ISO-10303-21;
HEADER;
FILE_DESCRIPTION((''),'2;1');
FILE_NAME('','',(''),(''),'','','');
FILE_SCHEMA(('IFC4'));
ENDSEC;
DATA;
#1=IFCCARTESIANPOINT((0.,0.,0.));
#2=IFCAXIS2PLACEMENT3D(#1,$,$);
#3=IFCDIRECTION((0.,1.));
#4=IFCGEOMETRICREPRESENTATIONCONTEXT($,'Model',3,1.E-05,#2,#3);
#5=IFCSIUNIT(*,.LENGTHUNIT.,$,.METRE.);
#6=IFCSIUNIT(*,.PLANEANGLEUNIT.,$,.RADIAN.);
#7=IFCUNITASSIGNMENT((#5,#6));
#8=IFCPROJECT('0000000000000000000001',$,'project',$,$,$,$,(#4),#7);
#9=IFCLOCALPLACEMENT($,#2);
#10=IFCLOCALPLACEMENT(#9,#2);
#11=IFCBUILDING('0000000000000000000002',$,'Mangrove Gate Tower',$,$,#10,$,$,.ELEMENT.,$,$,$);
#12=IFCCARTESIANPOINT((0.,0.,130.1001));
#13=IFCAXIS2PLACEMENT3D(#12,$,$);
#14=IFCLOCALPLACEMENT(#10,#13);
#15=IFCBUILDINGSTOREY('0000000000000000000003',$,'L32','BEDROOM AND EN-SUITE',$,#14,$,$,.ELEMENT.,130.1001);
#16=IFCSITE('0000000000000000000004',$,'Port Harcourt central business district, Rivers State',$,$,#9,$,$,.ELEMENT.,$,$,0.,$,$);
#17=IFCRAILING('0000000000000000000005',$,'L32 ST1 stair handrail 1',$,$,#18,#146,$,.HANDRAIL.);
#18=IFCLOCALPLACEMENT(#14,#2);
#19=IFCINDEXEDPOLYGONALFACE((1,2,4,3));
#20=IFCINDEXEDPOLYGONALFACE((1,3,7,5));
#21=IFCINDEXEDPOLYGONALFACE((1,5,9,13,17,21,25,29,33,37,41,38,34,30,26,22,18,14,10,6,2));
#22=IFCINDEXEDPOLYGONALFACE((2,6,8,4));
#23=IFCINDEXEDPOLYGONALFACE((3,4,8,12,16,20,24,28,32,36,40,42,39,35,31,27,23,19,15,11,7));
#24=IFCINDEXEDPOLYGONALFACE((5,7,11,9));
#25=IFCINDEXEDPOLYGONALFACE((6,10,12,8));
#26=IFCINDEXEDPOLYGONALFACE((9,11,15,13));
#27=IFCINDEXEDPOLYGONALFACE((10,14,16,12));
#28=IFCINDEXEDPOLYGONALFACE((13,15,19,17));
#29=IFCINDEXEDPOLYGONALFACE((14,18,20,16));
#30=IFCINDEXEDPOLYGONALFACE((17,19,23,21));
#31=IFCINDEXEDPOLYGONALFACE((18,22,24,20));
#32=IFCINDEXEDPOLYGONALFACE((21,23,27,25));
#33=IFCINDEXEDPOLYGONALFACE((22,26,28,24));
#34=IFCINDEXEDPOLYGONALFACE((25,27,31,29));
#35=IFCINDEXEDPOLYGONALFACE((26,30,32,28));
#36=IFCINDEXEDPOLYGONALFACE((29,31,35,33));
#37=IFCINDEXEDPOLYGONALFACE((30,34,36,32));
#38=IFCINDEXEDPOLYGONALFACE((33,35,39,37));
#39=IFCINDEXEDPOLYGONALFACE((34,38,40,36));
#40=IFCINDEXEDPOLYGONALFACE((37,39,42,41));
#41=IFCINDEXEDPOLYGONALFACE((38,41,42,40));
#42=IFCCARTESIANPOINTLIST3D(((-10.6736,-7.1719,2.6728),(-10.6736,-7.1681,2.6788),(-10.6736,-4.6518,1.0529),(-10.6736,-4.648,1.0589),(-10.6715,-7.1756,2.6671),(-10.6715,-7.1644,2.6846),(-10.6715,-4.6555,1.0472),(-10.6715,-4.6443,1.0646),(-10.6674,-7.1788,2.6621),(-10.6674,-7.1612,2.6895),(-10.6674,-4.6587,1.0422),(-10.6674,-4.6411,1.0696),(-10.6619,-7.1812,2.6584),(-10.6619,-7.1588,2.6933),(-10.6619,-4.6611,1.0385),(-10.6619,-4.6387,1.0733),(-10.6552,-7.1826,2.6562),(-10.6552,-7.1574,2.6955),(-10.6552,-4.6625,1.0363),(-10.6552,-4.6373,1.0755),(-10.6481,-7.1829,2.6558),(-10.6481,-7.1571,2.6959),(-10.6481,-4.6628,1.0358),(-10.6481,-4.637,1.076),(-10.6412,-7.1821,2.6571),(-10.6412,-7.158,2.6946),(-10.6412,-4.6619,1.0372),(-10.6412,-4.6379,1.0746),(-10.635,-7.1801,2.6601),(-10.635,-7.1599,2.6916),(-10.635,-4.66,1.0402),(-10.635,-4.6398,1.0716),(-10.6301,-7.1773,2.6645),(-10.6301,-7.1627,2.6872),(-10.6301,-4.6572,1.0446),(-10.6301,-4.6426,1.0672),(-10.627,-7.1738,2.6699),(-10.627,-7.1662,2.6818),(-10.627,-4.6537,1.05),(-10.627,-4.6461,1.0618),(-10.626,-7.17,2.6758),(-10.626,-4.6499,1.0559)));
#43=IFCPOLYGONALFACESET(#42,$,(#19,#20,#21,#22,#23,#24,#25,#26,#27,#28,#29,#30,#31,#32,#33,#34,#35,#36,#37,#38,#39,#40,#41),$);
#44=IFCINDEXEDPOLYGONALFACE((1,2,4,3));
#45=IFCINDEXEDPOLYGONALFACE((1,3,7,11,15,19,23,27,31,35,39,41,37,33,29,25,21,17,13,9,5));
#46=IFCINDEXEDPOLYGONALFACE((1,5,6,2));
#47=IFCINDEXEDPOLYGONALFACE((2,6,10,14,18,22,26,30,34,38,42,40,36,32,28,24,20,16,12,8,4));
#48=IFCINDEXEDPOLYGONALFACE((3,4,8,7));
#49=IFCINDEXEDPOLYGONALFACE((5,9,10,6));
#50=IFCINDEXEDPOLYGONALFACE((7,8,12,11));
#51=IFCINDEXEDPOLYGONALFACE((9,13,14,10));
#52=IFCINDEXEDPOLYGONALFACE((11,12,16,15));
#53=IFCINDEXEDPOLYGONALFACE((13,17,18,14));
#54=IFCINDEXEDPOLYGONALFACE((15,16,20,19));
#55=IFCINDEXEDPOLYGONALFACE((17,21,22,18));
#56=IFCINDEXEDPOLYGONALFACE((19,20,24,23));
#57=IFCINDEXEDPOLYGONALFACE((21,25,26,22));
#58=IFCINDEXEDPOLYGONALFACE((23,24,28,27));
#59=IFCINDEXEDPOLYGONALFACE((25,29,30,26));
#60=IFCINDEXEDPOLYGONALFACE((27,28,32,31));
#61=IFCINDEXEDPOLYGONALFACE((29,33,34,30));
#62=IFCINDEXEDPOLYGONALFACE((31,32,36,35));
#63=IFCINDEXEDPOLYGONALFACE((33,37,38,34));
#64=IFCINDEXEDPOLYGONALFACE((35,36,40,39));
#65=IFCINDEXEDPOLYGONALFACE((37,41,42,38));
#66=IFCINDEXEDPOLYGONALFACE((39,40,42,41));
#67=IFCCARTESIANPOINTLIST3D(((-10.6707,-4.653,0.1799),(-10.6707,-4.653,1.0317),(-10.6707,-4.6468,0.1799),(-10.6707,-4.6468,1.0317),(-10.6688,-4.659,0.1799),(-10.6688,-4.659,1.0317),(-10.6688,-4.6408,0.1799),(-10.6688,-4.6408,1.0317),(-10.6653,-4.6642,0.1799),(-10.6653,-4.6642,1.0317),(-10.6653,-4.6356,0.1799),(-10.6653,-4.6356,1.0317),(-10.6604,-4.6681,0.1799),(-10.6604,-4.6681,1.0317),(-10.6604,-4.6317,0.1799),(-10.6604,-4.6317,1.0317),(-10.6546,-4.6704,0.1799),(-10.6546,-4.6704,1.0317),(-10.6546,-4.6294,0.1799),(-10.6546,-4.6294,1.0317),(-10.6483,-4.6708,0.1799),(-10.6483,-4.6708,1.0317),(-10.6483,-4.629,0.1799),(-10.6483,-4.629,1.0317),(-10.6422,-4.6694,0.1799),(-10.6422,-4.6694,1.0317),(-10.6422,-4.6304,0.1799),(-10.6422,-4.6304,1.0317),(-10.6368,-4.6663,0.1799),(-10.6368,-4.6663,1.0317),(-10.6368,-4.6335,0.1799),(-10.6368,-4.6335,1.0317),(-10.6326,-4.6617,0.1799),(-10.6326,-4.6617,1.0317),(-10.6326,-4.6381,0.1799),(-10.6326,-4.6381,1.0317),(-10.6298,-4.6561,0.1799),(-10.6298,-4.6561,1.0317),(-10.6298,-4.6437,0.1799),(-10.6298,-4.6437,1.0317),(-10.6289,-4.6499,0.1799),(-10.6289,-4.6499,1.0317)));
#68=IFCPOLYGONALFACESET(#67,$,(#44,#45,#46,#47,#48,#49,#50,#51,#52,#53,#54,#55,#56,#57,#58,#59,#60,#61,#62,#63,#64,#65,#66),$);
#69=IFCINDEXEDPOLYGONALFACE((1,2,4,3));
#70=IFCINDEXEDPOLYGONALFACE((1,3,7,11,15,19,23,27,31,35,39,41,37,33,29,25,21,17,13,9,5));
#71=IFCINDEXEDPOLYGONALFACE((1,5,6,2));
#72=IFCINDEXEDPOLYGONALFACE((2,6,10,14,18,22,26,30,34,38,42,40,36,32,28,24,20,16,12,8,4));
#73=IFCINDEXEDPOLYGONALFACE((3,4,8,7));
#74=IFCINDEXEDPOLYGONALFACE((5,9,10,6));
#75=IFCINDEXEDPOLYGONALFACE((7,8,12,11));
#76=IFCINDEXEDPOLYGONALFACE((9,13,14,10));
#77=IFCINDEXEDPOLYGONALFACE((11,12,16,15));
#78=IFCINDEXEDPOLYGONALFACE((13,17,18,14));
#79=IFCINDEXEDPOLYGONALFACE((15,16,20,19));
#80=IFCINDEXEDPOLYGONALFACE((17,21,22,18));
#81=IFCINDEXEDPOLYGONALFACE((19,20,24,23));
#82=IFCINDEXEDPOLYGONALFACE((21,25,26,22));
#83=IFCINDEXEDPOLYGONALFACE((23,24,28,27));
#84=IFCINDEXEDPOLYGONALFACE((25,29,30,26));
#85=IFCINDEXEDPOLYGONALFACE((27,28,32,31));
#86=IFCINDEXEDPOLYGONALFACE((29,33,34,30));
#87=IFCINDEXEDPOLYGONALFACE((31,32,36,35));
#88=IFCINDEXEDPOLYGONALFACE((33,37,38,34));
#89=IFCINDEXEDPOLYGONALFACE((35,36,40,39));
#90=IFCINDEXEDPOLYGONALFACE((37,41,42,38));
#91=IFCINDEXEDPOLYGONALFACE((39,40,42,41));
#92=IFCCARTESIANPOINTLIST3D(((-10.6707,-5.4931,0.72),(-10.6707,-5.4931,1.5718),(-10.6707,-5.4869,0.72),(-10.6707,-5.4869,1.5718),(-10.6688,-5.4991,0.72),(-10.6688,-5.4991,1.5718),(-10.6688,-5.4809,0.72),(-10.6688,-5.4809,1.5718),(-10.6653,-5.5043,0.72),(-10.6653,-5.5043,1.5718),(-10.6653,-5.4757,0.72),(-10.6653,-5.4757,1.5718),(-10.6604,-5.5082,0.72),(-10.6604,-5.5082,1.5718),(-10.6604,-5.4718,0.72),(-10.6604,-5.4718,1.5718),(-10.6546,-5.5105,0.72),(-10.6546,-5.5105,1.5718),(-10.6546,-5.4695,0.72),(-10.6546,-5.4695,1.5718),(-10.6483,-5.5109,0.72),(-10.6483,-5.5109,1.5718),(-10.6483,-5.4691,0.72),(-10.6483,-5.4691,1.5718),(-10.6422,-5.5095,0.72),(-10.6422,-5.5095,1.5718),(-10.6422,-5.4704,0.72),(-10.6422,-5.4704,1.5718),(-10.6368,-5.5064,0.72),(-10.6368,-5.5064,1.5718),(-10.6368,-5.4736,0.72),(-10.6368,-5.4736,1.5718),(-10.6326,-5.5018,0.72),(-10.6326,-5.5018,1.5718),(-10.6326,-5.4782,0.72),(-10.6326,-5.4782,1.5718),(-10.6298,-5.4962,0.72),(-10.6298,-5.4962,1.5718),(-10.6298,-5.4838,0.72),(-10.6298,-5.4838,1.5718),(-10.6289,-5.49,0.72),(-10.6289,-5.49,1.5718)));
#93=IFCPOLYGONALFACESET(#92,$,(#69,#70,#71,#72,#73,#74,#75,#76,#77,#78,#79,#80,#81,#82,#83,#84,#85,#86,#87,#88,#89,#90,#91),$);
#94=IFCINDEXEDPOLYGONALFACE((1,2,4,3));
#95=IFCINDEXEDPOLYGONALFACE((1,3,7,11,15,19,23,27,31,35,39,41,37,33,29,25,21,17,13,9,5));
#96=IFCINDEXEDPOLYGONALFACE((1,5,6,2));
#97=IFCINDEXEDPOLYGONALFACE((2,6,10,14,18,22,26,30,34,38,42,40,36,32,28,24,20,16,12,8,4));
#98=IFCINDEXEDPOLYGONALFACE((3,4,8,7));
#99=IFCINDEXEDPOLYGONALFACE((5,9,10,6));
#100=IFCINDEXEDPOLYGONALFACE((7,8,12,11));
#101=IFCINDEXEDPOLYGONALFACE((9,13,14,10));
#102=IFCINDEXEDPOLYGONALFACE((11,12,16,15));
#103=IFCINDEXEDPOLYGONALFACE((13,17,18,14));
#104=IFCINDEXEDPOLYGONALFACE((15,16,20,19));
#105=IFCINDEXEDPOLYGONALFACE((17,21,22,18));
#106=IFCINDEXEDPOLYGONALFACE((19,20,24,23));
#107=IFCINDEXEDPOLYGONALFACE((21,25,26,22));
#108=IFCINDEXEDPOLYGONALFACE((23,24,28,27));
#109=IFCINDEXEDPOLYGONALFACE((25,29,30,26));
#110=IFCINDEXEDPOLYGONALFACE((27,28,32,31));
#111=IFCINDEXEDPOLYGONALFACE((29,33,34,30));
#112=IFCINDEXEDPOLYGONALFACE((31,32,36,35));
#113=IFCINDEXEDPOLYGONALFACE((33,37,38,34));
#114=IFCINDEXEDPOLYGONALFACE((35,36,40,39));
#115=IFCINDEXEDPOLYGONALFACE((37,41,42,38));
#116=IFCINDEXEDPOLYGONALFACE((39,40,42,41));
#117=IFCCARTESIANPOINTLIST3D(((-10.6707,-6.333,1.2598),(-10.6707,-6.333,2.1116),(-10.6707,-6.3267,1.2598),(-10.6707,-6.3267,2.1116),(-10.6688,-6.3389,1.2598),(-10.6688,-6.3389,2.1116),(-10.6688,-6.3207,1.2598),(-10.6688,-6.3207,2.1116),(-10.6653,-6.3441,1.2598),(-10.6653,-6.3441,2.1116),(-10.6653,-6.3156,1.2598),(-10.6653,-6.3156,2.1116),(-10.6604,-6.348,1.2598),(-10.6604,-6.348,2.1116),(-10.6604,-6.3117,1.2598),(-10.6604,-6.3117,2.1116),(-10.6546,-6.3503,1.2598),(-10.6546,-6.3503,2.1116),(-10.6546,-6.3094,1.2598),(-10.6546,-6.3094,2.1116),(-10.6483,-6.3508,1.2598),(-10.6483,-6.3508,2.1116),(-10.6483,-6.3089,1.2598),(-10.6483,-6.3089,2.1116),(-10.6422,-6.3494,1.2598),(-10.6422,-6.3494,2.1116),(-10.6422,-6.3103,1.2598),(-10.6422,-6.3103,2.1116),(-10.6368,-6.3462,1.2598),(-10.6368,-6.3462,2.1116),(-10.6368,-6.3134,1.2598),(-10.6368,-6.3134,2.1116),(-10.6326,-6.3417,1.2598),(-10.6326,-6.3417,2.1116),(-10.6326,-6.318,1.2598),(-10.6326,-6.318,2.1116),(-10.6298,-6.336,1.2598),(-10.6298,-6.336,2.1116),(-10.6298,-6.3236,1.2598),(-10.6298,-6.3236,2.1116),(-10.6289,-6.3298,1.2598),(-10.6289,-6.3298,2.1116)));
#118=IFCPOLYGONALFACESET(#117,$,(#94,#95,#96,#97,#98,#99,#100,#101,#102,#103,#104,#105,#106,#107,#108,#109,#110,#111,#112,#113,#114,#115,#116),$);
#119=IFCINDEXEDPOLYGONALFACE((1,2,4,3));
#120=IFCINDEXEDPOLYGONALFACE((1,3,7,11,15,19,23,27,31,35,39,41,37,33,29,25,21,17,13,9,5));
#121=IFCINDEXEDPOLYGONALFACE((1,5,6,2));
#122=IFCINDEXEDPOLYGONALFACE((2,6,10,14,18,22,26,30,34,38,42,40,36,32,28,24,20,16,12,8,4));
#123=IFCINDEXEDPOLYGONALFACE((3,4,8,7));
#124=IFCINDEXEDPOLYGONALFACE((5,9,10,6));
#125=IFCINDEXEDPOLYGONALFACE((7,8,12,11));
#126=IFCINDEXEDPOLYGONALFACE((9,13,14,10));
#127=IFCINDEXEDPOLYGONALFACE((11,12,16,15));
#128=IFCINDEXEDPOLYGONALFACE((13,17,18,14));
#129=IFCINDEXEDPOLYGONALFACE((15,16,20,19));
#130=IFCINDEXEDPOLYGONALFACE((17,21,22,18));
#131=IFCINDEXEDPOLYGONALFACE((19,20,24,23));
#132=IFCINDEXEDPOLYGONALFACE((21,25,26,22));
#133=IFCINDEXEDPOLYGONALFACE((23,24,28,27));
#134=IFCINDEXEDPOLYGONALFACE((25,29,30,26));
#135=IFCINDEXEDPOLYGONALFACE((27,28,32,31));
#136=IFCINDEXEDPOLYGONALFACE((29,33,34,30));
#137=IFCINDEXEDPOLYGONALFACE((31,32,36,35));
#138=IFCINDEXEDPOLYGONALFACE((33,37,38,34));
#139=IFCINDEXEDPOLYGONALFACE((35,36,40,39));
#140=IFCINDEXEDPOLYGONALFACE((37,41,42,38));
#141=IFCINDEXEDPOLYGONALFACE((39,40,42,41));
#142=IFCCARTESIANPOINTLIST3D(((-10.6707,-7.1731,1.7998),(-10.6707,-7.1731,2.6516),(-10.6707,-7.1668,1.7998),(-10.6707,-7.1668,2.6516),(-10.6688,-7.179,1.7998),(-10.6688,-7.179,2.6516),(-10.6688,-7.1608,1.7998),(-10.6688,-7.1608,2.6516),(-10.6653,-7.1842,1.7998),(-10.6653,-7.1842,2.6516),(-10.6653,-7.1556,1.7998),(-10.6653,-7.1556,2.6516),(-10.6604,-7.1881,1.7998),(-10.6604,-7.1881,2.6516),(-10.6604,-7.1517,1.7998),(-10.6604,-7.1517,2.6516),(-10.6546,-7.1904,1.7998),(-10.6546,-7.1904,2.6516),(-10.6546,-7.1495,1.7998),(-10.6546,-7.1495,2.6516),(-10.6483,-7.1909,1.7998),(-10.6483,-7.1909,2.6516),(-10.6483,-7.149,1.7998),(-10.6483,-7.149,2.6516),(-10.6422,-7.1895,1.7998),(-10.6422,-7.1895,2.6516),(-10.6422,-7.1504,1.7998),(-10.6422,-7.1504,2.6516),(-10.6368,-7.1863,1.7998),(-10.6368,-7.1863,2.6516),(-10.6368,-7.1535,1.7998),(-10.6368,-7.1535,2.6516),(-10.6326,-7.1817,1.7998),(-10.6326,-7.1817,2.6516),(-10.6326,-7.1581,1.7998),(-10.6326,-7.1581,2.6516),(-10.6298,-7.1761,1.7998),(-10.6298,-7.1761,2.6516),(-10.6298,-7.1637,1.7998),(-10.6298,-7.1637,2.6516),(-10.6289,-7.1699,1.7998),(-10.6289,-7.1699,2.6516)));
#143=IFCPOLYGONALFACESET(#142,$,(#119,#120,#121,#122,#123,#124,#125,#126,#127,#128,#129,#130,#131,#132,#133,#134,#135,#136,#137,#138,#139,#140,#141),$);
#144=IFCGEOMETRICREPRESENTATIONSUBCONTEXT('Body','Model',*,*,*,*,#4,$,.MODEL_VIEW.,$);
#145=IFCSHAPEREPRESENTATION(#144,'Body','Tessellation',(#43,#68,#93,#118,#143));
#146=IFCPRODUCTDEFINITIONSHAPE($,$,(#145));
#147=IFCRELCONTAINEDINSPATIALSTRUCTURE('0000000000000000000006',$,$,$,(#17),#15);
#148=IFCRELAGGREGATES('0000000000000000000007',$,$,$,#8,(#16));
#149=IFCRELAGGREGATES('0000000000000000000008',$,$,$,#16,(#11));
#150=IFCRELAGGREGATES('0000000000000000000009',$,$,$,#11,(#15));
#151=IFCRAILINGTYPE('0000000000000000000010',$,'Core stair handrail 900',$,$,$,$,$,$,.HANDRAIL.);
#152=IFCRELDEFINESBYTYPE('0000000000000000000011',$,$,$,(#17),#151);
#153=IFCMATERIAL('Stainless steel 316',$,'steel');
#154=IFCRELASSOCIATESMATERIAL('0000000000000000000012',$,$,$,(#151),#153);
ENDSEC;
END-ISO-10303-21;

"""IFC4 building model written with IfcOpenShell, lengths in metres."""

from ifc_helpers import new_model, si_unit, direction, frame, origin, origin_2d, place, context, subcontext, project, spatial, circle, extrude, material, type_object, element, save


model = new_model("IFC4")

# Units and contexts
model_context = context("Model", 3, precision=1e-05, world=origin(), true_north=direction((0.0, 1.0)))
body_context = subcontext(model_context, "Body", "Model", "MODEL_VIEW")
ifc_project = project(units=[si_unit("LENGTHUNIT", "METRE"), si_unit("PLANEANGLEUNIT", "RADIAN")], contexts=[model_context])

# Site, building, storey
site_placement = place(None, origin())
site = spatial("IfcSite", under=ifc_project, at=site_placement, Name="Port Harcourt central business district, Rivers State", CompositionType="ELEMENT", RefElevation=0.0)
building_placement = place(site_placement, origin())
building = spatial("IfcBuilding", under=site, at=building_placement, Name="Mangrove Gate Tower", CompositionType="ELEMENT")
storey_placement = place(building_placement, frame((0.0, 0.0, 130.1001)))
storey = spatial("IfcBuildingStorey", under=building, at=storey_placement, Name="L32", Description="BEDROOM AND EN-SUITE", CompositionType="ELEMENT", Elevation=130.1001)

# Railing
ifc_material_1 = material(Name="Stainless steel 316", Category="steel")
railing_type_1 = type_object("IfcRailingType", Name="Core stair handrail 900", PredefinedType="HANDRAIL", material=ifc_material_1)
for number, where, name in (
    (1, (-10.6499, -4.6499, 0.1799), "L32 ST1 stair handrail 1"),
):
    element("IfcRailing", number, at=place(storey_placement, frame(where)), inside=storey, type_object=railing_type_1, Name=name, PredefinedType="HANDRAIL", context=body_context, shape_type="SweptSolid", body=[
        extrude(circle(Radius=0.0239, at=origin_2d()), frame((0.0, 0.0, 0.876), z_axis=(0.0, -0.8412, 0.540725), x_axis=(1.0, 0.0, 0.0)), (0.0, 0.0, 1.0), 2.9958),
        extrude(circle(Radius=0.021, at=origin_2d()), origin(), (0.0, 0.0, 1.0), 0.8518),
        extrude(circle(Radius=0.021, at=origin_2d()), frame((0.0, -0.8401, 0.54)), (0.0, 0.0, 1.0), 0.8518),
        extrude(circle(Radius=0.021, at=origin_2d()), frame((0.0, -1.6799, 1.0798)), (0.0, 0.0, 1.0), 0.8518),
        extrude(circle(Radius=0.021, at=origin_2d()), frame((0.0, -2.52, 1.6199)), (0.0, 0.0, 1.0), 0.8518),
    ])

save(model, "model.ifc")
